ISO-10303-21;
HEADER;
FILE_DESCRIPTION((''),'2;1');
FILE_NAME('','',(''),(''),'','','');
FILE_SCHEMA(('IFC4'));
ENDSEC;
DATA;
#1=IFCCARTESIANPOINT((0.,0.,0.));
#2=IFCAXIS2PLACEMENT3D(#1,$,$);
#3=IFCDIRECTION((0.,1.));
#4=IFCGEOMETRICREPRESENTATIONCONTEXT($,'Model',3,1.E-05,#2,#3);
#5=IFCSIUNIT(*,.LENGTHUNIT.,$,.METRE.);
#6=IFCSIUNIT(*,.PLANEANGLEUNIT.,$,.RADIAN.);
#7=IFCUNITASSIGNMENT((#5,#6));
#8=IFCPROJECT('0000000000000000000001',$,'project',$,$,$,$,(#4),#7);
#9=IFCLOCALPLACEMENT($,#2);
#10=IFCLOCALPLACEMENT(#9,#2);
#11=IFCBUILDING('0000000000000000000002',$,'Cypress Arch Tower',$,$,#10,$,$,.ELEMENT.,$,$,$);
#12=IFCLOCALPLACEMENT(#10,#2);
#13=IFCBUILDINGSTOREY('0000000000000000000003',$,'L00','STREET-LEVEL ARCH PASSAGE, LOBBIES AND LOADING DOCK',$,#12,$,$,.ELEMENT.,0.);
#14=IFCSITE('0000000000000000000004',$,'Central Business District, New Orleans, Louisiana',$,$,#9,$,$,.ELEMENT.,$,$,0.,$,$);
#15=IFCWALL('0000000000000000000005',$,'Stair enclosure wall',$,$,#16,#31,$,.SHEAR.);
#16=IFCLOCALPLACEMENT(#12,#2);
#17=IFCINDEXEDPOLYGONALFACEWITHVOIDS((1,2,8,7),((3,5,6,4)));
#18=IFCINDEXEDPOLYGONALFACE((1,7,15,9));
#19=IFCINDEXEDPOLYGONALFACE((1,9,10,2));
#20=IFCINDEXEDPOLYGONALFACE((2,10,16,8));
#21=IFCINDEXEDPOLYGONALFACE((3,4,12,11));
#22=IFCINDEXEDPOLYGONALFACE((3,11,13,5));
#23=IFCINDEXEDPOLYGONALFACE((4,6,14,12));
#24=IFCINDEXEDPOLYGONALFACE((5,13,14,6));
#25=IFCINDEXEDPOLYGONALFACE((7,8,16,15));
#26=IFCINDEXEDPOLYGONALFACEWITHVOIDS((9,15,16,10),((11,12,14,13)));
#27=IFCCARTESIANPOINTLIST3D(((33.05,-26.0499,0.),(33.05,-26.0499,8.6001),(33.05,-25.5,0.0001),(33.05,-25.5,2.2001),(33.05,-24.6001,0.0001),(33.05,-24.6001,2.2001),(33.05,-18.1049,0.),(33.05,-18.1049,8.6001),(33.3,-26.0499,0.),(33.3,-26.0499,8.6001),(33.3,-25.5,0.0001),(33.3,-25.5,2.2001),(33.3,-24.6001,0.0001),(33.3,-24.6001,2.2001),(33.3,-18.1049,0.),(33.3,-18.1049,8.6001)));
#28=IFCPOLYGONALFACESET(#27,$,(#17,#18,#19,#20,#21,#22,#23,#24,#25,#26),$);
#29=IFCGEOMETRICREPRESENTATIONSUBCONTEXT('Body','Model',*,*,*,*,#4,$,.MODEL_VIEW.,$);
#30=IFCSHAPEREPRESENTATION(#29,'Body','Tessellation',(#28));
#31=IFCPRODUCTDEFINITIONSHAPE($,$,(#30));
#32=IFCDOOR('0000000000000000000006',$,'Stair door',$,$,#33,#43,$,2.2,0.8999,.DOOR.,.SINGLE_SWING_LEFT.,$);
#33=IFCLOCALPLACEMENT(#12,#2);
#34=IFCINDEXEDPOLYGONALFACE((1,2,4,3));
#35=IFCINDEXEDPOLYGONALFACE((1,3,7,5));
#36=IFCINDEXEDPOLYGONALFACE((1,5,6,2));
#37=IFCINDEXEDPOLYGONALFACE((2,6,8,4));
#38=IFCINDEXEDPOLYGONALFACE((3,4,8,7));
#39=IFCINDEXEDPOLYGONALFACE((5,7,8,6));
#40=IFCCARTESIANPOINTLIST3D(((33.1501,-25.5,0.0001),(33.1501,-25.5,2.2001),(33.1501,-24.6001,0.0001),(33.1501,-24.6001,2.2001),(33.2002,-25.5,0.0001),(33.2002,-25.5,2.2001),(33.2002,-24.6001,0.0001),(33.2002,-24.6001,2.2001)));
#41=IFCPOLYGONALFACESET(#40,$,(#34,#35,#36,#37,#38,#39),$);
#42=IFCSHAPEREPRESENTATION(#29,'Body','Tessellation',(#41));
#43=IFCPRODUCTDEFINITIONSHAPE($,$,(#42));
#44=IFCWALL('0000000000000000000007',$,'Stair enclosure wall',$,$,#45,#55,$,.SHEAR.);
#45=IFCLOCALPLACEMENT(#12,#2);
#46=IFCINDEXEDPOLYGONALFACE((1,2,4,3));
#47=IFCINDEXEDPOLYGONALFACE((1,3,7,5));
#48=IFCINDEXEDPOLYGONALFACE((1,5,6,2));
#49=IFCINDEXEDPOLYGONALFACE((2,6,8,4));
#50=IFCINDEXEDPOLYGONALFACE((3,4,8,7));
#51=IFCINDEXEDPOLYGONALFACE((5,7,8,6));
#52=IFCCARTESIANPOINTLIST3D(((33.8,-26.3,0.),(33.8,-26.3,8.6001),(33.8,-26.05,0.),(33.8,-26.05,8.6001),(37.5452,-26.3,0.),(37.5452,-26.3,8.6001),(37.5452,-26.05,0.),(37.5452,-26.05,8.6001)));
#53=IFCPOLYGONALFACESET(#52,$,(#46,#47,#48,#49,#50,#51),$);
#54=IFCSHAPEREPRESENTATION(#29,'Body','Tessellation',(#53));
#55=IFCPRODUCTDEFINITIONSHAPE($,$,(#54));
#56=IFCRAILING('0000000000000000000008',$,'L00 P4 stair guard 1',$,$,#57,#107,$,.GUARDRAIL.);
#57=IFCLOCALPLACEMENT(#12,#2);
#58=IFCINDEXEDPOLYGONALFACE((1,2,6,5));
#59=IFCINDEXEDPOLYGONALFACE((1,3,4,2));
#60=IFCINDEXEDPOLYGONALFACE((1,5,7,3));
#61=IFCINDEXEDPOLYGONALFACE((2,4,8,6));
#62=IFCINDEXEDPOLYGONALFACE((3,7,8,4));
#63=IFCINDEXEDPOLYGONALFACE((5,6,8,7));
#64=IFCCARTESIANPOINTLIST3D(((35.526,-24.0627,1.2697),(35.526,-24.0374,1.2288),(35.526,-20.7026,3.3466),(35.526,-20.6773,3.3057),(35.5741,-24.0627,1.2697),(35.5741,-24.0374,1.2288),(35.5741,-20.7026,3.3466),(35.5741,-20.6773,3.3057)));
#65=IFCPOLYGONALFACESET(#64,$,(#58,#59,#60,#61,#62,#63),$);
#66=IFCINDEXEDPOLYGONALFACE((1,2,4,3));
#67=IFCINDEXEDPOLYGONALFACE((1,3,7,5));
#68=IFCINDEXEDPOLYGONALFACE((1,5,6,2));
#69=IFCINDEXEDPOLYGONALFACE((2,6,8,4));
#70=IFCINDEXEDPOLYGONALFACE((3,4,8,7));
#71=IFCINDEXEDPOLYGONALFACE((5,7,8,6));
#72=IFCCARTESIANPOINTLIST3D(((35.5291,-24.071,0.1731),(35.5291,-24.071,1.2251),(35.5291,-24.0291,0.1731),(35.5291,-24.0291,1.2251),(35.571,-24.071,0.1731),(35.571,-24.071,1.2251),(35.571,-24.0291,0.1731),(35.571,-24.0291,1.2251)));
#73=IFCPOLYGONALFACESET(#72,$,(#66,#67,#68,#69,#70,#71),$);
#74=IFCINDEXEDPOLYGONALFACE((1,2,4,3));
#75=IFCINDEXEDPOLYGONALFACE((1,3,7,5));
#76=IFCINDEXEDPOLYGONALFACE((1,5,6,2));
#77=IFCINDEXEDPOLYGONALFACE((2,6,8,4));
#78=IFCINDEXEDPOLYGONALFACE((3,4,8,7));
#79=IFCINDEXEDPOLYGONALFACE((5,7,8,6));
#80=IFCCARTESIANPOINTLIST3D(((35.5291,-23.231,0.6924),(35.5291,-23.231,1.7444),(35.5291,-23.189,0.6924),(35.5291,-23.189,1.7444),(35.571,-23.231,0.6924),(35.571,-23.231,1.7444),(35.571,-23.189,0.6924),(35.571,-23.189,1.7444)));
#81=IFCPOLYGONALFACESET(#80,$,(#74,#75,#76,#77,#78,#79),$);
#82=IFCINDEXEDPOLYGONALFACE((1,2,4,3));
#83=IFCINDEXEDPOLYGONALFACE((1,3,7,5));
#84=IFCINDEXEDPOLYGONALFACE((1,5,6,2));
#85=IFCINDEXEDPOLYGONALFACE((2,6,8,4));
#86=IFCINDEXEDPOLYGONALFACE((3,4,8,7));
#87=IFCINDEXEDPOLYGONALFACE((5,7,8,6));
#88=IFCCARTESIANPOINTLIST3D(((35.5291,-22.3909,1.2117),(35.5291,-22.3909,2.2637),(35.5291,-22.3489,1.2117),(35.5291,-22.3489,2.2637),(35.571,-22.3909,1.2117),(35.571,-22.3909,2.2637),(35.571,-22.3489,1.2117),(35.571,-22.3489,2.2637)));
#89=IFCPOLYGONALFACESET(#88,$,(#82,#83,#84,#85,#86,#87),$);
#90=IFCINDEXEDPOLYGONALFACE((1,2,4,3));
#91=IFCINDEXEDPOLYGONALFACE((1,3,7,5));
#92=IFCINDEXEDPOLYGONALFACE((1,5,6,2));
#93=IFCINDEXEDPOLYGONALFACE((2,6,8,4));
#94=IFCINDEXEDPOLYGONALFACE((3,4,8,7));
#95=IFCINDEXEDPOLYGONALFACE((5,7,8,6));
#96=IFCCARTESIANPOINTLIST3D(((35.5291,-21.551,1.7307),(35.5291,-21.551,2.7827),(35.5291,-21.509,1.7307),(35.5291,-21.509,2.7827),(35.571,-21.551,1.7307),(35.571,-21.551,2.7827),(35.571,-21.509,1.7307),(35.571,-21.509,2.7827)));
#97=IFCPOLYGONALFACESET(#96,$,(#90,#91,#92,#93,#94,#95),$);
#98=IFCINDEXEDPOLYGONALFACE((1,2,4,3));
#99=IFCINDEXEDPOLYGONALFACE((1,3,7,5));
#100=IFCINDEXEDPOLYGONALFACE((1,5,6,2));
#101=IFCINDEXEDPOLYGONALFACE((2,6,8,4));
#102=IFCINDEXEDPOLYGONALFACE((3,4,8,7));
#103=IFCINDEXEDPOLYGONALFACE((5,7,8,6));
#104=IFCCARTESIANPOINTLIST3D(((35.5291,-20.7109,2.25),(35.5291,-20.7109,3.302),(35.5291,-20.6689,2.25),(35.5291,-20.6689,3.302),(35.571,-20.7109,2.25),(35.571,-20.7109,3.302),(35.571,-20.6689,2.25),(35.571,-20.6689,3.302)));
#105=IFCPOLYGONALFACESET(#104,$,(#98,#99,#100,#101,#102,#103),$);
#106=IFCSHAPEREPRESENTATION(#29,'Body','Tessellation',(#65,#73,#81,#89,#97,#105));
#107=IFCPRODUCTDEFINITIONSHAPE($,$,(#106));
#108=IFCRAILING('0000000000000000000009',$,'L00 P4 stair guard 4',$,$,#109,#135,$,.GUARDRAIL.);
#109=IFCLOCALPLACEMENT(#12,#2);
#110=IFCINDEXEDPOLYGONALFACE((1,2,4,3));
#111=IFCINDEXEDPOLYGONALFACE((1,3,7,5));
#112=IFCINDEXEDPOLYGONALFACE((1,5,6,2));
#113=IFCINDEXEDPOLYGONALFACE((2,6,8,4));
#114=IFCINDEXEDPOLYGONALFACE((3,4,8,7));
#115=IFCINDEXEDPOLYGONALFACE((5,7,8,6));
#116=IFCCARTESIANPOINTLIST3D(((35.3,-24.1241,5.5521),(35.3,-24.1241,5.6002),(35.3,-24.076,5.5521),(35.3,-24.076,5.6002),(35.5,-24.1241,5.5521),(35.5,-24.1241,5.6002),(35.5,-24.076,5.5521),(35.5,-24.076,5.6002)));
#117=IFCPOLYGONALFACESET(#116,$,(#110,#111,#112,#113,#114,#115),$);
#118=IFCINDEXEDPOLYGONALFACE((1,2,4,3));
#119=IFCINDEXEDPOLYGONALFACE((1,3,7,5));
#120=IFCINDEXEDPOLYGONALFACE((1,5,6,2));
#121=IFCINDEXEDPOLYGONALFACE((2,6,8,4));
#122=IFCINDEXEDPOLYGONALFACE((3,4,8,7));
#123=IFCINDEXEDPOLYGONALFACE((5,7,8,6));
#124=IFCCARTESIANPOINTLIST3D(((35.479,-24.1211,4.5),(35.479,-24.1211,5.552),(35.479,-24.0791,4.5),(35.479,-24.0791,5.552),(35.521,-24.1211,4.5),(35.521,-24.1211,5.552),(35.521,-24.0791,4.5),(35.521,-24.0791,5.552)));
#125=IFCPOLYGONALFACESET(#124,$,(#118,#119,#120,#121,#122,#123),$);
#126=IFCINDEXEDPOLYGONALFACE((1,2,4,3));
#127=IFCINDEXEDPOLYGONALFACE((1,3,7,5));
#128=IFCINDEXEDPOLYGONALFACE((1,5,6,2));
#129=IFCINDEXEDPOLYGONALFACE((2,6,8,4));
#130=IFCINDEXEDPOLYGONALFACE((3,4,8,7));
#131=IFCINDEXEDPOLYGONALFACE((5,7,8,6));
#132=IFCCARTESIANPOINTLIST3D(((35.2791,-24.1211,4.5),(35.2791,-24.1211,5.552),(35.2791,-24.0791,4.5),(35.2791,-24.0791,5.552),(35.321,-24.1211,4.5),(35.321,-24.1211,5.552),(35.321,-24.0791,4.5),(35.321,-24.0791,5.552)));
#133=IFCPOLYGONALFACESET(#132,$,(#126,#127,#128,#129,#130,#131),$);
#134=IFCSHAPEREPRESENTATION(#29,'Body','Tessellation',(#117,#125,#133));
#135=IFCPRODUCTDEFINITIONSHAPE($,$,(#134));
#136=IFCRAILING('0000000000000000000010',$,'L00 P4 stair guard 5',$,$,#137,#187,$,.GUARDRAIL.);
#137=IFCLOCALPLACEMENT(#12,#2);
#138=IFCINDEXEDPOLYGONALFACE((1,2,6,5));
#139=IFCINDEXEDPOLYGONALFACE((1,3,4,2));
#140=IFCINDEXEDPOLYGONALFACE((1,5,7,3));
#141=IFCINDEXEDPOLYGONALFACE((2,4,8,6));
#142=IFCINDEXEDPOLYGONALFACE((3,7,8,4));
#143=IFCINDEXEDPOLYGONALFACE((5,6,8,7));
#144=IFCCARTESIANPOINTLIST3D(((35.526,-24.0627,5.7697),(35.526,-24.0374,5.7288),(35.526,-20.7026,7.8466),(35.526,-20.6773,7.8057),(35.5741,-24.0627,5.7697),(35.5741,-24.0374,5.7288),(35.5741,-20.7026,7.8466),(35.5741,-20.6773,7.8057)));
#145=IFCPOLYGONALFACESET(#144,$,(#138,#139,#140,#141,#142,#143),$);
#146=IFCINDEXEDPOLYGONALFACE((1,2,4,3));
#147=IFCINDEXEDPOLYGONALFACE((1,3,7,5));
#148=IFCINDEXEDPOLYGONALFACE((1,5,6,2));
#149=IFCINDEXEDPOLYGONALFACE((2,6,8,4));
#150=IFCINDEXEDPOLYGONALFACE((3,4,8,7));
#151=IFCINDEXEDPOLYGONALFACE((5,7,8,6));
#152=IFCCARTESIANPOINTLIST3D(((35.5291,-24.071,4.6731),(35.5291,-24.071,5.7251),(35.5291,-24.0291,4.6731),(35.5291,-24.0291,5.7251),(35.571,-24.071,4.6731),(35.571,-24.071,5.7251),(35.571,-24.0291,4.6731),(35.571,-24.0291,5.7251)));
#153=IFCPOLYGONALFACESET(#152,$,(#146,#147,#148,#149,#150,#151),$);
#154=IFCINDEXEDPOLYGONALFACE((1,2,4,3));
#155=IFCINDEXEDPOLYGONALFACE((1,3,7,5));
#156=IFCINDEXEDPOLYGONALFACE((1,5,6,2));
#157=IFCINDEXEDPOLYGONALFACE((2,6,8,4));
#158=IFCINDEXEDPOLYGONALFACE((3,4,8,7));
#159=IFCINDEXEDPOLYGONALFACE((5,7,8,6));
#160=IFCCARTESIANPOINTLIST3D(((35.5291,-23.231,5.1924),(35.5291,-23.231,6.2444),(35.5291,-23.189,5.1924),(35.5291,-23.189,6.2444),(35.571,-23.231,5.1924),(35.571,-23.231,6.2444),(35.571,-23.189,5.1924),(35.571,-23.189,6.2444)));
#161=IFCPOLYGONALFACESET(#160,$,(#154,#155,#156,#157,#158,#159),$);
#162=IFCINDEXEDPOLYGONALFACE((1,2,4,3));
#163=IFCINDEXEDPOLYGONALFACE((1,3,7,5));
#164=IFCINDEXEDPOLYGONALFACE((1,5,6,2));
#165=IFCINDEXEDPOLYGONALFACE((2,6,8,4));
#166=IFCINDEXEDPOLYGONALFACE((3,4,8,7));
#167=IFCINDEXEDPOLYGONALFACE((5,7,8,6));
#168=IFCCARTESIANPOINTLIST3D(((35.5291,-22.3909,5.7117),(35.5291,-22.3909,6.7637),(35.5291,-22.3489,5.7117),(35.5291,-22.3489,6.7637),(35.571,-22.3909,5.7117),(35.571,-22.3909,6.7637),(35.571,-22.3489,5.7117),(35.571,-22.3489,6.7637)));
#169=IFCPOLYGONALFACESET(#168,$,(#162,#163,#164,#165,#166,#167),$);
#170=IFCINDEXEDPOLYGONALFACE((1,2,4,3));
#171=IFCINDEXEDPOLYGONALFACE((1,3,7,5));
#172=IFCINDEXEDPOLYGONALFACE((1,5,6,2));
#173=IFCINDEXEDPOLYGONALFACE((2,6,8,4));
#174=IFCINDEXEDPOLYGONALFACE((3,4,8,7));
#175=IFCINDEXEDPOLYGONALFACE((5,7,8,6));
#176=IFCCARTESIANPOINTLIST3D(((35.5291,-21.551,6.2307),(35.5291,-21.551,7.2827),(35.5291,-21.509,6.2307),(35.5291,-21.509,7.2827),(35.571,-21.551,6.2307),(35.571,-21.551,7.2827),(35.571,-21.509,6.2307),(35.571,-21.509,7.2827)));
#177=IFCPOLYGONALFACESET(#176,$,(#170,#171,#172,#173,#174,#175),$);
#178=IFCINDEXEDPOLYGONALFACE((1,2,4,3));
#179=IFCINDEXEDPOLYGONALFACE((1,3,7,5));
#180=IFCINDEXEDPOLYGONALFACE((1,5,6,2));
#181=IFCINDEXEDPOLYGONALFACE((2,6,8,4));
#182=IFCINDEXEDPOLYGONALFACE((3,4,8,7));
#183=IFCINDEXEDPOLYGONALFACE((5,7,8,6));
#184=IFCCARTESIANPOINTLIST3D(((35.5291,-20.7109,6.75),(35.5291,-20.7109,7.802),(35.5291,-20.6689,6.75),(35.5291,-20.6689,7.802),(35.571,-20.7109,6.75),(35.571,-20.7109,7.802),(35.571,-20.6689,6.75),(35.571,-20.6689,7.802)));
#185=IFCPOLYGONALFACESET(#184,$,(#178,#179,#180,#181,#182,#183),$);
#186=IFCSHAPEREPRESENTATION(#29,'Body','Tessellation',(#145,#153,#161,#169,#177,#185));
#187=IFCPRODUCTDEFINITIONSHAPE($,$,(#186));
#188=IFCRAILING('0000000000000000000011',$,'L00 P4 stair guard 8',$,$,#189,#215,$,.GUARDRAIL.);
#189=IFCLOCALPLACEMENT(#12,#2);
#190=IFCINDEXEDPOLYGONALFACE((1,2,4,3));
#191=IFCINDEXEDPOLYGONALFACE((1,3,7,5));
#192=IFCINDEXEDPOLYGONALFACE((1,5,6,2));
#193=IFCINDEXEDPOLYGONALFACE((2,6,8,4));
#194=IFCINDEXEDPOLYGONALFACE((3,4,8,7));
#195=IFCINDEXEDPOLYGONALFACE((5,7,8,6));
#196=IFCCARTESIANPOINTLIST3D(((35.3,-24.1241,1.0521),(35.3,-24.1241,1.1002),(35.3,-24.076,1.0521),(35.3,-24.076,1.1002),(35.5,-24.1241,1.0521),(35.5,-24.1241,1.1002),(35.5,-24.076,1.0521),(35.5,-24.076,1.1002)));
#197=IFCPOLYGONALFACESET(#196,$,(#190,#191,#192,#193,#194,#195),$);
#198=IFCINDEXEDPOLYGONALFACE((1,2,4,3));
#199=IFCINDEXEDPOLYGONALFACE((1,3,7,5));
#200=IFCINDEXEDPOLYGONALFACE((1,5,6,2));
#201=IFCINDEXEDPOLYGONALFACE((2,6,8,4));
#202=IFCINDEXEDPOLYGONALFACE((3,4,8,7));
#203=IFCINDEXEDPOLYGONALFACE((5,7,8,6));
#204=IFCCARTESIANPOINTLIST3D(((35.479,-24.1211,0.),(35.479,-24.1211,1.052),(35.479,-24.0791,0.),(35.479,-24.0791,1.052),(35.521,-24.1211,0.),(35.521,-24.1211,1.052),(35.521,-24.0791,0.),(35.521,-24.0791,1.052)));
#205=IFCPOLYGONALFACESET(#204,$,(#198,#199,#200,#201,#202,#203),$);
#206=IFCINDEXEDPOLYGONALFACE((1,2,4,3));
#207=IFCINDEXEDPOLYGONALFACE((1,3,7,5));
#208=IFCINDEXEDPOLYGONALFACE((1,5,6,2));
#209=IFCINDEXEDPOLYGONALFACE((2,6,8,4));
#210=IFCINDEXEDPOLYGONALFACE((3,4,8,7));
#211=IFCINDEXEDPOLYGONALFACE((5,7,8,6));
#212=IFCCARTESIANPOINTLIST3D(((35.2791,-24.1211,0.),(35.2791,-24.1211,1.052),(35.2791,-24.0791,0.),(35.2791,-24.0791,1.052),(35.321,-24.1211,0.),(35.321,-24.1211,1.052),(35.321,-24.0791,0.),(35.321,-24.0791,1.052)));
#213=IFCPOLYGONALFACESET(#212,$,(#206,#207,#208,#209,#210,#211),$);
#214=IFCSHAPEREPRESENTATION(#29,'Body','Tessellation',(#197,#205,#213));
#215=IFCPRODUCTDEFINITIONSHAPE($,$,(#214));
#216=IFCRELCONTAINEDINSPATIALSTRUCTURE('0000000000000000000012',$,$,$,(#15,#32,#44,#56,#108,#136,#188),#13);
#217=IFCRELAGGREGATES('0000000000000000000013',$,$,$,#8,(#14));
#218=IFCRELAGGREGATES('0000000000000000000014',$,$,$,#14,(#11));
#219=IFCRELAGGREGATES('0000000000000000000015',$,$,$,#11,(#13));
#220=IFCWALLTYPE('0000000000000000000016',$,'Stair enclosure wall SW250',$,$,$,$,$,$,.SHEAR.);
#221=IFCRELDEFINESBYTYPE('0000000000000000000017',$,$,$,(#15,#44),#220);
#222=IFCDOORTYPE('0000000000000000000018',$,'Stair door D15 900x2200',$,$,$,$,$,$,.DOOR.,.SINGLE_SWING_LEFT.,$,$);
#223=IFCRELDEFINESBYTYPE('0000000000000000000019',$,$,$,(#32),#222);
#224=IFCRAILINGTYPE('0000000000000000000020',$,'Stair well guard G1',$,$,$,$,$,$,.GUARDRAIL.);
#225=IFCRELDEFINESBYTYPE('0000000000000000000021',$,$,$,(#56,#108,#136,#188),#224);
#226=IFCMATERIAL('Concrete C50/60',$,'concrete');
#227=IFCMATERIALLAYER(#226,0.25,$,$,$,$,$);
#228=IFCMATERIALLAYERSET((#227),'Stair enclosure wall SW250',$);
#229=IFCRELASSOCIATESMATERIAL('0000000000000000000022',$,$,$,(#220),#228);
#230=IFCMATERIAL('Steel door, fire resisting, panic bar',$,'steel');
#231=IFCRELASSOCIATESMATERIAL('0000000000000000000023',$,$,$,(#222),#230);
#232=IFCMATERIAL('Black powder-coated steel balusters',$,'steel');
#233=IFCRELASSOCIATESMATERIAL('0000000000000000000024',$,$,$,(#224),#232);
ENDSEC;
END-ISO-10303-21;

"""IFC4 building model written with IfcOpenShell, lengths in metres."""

from ifc_helpers import new_model, si_unit, direction, frame, frame_2d, origin, origin_2d, place, context, subcontext, project, spatial, rectangle, extrude, material, layer, layer_set, type_object, element, fill, save


model = new_model("IFC4")

# Units and contexts
model_context = context("Model", 3, precision=1e-05, world=origin(), true_north=direction((0.0, 1.0)))
body_context = subcontext(model_context, "Body", "Model", "MODEL_VIEW")
ifc_project = project(units=[si_unit("LENGTHUNIT", "METRE"), si_unit("PLANEANGLEUNIT", "RADIAN")], contexts=[model_context])

# Site, building, storey
site_placement = place(None, origin())
site = spatial("IfcSite", under=ifc_project, at=site_placement, Name="Central Business District, New Orleans, Louisiana", CompositionType="ELEMENT", RefElevation=0.0)
building_placement = place(site_placement, origin())
building = spatial("IfcBuilding", under=site, at=building_placement, Name="Cypress Arch Tower", CompositionType="ELEMENT")
storey_placement = place(building_placement, origin())
storey = spatial("IfcBuildingStorey", under=building, at=storey_placement, Name="L00", Description="STREET-LEVEL ARCH PASSAGE, LOBBIES AND LOADING DOCK", CompositionType="ELEMENT", Elevation=0.0)

# Wall, opening, door
ifc_material_1 = material(Name="Concrete C50/60", Category="concrete")
ifc_layer_1 = layer(ifc_material_1, 0.25)
ifc_layer_set_1 = layer_set([ifc_layer_1], Name="Stair enclosure wall SW250")
wall_type_1 = type_object("IfcWallType", Name="Stair enclosure wall SW250", PredefinedType="SHEAR", material=ifc_layer_set_1)
wall_1_placement = place(storey_placement, frame((33.175, -26.05, 0.0), z_axis=(0.0, 0.0, 1.0), x_axis=(0.0, 1.0, 0.0)))
wall_1 = element("IfcWall", 1, at=wall_1_placement, inside=storey, type_object=wall_type_1, Name="Stair enclosure wall", PredefinedType="SHEAR", context=body_context, shape_type="SweptSolid", body=[
    extrude(rectangle(XDim=7.9451, YDim=0.25, at=frame_2d((3.9727, 0.0))), origin(), (0.0, 0.0, 1.0), 8.6001),
])
opening_1_placement = place(wall_1_placement, frame((0.55, 0.0, 0.0)))
opening_1 = element("IfcOpeningElement", 2, at=opening_1_placement, cuts=wall_1, PredefinedType="OPENING", context=body_context, shape_type="SweptSolid", body=[
    extrude(rectangle(XDim=0.8999, YDim=2.2, at=frame_2d((0.45, 1.1001))), frame((0.0, 0.135, 0.0), z_axis=(0.0, -1.0, 0.0), x_axis=(1.0, 0.0, 0.0)), (0.0, 0.0, 1.0), 0.27),
])
ifc_material_2 = material(Name="Steel door, fire resisting, panic bar", Category="steel")
door_type_1 = type_object("IfcDoorType", Name="Stair door D15 900x2200", OperationType="SINGLE_SWING_LEFT", PredefinedType="DOOR", material=ifc_material_2)
door_1_placement = place(opening_1_placement, origin())
door_1 = element("IfcDoor", 3, at=door_1_placement, inside=storey, type_object=door_type_1, Name="Stair door", OperationType="SINGLE_SWING_LEFT", OverallHeight=2.2, OverallWidth=0.8999, PredefinedType="DOOR", context=body_context, shape_type="SweptSolid", body=[
    extrude(rectangle(XDim=0.8999, YDim=2.2, at=frame_2d((0.45, 1.1001))), frame((0.0, 0.0249, 0.0), z_axis=(0.0, -1.0, 0.0), x_axis=(1.0, 0.0, 0.0)), (0.0, 0.0, 1.0), 0.05),
])
fill(opening_1, door_1)

# Wall
wall_2_placement = place(storey_placement, frame((33.8, -26.175, 0.0), z_axis=(0.0, 0.0, 1.0), x_axis=(1.0, 0.0, 0.0)))
element("IfcWall", 4, at=wall_2_placement, inside=storey, type_object=wall_type_1, Name="Stair enclosure wall", PredefinedType="SHEAR", context=body_context, shape_type="SweptSolid", body=[
    extrude(rectangle(XDim=3.7451, YDim=0.25, at=frame_2d((1.8726, 0.0))), origin(), (0.0, 0.0, 1.0), 8.6001),
])

# Railings
ifc_material_3 = material(Name="Black powder-coated steel balusters", Category="steel")
railing_type = type_object("IfcRailingType", Name="Stair well guard G1", PredefinedType="GUARDRAIL", material=ifc_material_3)
railing_1_placement = place(storey_placement, frame((35.55, -24.05, 0.1731)))
element("IfcRailing", 5, at=railing_1_placement, inside=storey, type_object=railing_type, Name="L00 P4 stair guard 1", PredefinedType="GUARDRAIL", context=body_context, shape_type="SweptSolid", body=[
    extrude(rectangle(XDim=0.0481, YDim=0.0481, at=origin_2d()), frame((0.0, 0.0, 1.0762), z_axis=(0.0, 0.850623, 0.525776), x_axis=(-1.0, 0.0, 0.0)), (0.0, 0.0, 1.0), 3.9502),
    extrude(rectangle(XDim=0.042, YDim=0.042, at=origin_2d()), origin(), (0.0, 0.0, 1.0), 1.052),
    extrude(rectangle(XDim=0.042, YDim=0.042, at=origin_2d()), frame((0.0, 0.8401, 0.5193)), (0.0, 0.0, 1.0), 1.052),
    extrude(rectangle(XDim=0.042, YDim=0.042, at=origin_2d()), frame((0.0, 1.6802, 1.0386)), (0.0, 0.0, 1.0), 1.052),
    extrude(rectangle(XDim=0.042, YDim=0.042, at=origin_2d()), frame((0.0, 2.52, 1.5576)), (0.0, 0.0, 1.0), 1.052),
    extrude(rectangle(XDim=0.042, YDim=0.042, at=origin_2d()), frame((0.0, 3.3601, 2.0769)), (0.0, 0.0, 1.0), 1.052),
])
railing_2_placement = place(storey_placement, frame((35.5, -24.1001, 4.5)))
element("IfcRailing", 6, at=railing_2_placement, inside=storey, type_object=railing_type, Name="L00 P4 stair guard 4", PredefinedType="GUARDRAIL", context=body_context, shape_type="SweptSolid", body=[
    extrude(rectangle(XDim=0.0481, YDim=0.0481, at=origin_2d()), frame((0.0, 0.0, 1.0762), z_axis=(-1.0, 0.0, 0.0), x_axis=(0.0, -1.0, 0.0)), (0.0, 0.0, 1.0), 0.2),
    extrude(rectangle(XDim=0.042, YDim=0.042, at=origin_2d()), origin(), (0.0, 0.0, 1.0), 1.052),
    extrude(rectangle(XDim=0.042, YDim=0.042, at=origin_2d()), frame((-0.2, 0.0, 0.0)), (0.0, 0.0, 1.0), 1.052),
])
railing_3_placement = place(storey_placement, frame((35.55, -24.05, 4.6731)))
element("IfcRailing", 7, at=railing_3_placement, inside=storey, type_object=railing_type, Name="L00 P4 stair guard 5", PredefinedType="GUARDRAIL", context=body_context, shape_type="SweptSolid", body=[
    extrude(rectangle(XDim=0.0481, YDim=0.0481, at=origin_2d()), frame((0.0, 0.0, 1.0762), z_axis=(0.0, 0.850623, 0.525776), x_axis=(-1.0, 0.0, 0.0)), (0.0, 0.0, 1.0), 3.9502),
    extrude(rectangle(XDim=0.042, YDim=0.042, at=origin_2d()), origin(), (0.0, 0.0, 1.0), 1.052),
    extrude(rectangle(XDim=0.042, YDim=0.042, at=origin_2d()), frame((0.0, 0.8401, 0.5193)), (0.0, 0.0, 1.0), 1.052),
    extrude(rectangle(XDim=0.042, YDim=0.042, at=origin_2d()), frame((0.0, 1.6802, 1.0386)), (0.0, 0.0, 1.0), 1.052),
    extrude(rectangle(XDim=0.042, YDim=0.042, at=origin_2d()), frame((0.0, 2.52, 1.5576)), (0.0, 0.0, 1.0), 1.052),
    extrude(rectangle(XDim=0.042, YDim=0.042, at=origin_2d()), frame((0.0, 3.3601, 2.0769)), (0.0, 0.0, 1.0), 1.052),
])
railing_4_placement = place(storey_placement, frame((35.5, -24.1001, 0.0)))
element("IfcRailing", 8, at=railing_4_placement, inside=storey, type_object=railing_type, Name="L00 P4 stair guard 8", PredefinedType="GUARDRAIL", context=body_context, shape_type="SweptSolid", body=[
    extrude(rectangle(XDim=0.0481, YDim=0.0481, at=origin_2d()), frame((0.0, 0.0, 1.0762), z_axis=(-1.0, 0.0, 0.0), x_axis=(0.0, -1.0, 0.0)), (0.0, 0.0, 1.0), 0.2),
    extrude(rectangle(XDim=0.042, YDim=0.042, at=origin_2d()), origin(), (0.0, 0.0, 1.0), 1.052),
    extrude(rectangle(XDim=0.042, YDim=0.042, at=origin_2d()), frame((-0.2, 0.0, 0.0)), (0.0, 0.0, 1.0), 1.052),
])

save(model, "model.ifc")
